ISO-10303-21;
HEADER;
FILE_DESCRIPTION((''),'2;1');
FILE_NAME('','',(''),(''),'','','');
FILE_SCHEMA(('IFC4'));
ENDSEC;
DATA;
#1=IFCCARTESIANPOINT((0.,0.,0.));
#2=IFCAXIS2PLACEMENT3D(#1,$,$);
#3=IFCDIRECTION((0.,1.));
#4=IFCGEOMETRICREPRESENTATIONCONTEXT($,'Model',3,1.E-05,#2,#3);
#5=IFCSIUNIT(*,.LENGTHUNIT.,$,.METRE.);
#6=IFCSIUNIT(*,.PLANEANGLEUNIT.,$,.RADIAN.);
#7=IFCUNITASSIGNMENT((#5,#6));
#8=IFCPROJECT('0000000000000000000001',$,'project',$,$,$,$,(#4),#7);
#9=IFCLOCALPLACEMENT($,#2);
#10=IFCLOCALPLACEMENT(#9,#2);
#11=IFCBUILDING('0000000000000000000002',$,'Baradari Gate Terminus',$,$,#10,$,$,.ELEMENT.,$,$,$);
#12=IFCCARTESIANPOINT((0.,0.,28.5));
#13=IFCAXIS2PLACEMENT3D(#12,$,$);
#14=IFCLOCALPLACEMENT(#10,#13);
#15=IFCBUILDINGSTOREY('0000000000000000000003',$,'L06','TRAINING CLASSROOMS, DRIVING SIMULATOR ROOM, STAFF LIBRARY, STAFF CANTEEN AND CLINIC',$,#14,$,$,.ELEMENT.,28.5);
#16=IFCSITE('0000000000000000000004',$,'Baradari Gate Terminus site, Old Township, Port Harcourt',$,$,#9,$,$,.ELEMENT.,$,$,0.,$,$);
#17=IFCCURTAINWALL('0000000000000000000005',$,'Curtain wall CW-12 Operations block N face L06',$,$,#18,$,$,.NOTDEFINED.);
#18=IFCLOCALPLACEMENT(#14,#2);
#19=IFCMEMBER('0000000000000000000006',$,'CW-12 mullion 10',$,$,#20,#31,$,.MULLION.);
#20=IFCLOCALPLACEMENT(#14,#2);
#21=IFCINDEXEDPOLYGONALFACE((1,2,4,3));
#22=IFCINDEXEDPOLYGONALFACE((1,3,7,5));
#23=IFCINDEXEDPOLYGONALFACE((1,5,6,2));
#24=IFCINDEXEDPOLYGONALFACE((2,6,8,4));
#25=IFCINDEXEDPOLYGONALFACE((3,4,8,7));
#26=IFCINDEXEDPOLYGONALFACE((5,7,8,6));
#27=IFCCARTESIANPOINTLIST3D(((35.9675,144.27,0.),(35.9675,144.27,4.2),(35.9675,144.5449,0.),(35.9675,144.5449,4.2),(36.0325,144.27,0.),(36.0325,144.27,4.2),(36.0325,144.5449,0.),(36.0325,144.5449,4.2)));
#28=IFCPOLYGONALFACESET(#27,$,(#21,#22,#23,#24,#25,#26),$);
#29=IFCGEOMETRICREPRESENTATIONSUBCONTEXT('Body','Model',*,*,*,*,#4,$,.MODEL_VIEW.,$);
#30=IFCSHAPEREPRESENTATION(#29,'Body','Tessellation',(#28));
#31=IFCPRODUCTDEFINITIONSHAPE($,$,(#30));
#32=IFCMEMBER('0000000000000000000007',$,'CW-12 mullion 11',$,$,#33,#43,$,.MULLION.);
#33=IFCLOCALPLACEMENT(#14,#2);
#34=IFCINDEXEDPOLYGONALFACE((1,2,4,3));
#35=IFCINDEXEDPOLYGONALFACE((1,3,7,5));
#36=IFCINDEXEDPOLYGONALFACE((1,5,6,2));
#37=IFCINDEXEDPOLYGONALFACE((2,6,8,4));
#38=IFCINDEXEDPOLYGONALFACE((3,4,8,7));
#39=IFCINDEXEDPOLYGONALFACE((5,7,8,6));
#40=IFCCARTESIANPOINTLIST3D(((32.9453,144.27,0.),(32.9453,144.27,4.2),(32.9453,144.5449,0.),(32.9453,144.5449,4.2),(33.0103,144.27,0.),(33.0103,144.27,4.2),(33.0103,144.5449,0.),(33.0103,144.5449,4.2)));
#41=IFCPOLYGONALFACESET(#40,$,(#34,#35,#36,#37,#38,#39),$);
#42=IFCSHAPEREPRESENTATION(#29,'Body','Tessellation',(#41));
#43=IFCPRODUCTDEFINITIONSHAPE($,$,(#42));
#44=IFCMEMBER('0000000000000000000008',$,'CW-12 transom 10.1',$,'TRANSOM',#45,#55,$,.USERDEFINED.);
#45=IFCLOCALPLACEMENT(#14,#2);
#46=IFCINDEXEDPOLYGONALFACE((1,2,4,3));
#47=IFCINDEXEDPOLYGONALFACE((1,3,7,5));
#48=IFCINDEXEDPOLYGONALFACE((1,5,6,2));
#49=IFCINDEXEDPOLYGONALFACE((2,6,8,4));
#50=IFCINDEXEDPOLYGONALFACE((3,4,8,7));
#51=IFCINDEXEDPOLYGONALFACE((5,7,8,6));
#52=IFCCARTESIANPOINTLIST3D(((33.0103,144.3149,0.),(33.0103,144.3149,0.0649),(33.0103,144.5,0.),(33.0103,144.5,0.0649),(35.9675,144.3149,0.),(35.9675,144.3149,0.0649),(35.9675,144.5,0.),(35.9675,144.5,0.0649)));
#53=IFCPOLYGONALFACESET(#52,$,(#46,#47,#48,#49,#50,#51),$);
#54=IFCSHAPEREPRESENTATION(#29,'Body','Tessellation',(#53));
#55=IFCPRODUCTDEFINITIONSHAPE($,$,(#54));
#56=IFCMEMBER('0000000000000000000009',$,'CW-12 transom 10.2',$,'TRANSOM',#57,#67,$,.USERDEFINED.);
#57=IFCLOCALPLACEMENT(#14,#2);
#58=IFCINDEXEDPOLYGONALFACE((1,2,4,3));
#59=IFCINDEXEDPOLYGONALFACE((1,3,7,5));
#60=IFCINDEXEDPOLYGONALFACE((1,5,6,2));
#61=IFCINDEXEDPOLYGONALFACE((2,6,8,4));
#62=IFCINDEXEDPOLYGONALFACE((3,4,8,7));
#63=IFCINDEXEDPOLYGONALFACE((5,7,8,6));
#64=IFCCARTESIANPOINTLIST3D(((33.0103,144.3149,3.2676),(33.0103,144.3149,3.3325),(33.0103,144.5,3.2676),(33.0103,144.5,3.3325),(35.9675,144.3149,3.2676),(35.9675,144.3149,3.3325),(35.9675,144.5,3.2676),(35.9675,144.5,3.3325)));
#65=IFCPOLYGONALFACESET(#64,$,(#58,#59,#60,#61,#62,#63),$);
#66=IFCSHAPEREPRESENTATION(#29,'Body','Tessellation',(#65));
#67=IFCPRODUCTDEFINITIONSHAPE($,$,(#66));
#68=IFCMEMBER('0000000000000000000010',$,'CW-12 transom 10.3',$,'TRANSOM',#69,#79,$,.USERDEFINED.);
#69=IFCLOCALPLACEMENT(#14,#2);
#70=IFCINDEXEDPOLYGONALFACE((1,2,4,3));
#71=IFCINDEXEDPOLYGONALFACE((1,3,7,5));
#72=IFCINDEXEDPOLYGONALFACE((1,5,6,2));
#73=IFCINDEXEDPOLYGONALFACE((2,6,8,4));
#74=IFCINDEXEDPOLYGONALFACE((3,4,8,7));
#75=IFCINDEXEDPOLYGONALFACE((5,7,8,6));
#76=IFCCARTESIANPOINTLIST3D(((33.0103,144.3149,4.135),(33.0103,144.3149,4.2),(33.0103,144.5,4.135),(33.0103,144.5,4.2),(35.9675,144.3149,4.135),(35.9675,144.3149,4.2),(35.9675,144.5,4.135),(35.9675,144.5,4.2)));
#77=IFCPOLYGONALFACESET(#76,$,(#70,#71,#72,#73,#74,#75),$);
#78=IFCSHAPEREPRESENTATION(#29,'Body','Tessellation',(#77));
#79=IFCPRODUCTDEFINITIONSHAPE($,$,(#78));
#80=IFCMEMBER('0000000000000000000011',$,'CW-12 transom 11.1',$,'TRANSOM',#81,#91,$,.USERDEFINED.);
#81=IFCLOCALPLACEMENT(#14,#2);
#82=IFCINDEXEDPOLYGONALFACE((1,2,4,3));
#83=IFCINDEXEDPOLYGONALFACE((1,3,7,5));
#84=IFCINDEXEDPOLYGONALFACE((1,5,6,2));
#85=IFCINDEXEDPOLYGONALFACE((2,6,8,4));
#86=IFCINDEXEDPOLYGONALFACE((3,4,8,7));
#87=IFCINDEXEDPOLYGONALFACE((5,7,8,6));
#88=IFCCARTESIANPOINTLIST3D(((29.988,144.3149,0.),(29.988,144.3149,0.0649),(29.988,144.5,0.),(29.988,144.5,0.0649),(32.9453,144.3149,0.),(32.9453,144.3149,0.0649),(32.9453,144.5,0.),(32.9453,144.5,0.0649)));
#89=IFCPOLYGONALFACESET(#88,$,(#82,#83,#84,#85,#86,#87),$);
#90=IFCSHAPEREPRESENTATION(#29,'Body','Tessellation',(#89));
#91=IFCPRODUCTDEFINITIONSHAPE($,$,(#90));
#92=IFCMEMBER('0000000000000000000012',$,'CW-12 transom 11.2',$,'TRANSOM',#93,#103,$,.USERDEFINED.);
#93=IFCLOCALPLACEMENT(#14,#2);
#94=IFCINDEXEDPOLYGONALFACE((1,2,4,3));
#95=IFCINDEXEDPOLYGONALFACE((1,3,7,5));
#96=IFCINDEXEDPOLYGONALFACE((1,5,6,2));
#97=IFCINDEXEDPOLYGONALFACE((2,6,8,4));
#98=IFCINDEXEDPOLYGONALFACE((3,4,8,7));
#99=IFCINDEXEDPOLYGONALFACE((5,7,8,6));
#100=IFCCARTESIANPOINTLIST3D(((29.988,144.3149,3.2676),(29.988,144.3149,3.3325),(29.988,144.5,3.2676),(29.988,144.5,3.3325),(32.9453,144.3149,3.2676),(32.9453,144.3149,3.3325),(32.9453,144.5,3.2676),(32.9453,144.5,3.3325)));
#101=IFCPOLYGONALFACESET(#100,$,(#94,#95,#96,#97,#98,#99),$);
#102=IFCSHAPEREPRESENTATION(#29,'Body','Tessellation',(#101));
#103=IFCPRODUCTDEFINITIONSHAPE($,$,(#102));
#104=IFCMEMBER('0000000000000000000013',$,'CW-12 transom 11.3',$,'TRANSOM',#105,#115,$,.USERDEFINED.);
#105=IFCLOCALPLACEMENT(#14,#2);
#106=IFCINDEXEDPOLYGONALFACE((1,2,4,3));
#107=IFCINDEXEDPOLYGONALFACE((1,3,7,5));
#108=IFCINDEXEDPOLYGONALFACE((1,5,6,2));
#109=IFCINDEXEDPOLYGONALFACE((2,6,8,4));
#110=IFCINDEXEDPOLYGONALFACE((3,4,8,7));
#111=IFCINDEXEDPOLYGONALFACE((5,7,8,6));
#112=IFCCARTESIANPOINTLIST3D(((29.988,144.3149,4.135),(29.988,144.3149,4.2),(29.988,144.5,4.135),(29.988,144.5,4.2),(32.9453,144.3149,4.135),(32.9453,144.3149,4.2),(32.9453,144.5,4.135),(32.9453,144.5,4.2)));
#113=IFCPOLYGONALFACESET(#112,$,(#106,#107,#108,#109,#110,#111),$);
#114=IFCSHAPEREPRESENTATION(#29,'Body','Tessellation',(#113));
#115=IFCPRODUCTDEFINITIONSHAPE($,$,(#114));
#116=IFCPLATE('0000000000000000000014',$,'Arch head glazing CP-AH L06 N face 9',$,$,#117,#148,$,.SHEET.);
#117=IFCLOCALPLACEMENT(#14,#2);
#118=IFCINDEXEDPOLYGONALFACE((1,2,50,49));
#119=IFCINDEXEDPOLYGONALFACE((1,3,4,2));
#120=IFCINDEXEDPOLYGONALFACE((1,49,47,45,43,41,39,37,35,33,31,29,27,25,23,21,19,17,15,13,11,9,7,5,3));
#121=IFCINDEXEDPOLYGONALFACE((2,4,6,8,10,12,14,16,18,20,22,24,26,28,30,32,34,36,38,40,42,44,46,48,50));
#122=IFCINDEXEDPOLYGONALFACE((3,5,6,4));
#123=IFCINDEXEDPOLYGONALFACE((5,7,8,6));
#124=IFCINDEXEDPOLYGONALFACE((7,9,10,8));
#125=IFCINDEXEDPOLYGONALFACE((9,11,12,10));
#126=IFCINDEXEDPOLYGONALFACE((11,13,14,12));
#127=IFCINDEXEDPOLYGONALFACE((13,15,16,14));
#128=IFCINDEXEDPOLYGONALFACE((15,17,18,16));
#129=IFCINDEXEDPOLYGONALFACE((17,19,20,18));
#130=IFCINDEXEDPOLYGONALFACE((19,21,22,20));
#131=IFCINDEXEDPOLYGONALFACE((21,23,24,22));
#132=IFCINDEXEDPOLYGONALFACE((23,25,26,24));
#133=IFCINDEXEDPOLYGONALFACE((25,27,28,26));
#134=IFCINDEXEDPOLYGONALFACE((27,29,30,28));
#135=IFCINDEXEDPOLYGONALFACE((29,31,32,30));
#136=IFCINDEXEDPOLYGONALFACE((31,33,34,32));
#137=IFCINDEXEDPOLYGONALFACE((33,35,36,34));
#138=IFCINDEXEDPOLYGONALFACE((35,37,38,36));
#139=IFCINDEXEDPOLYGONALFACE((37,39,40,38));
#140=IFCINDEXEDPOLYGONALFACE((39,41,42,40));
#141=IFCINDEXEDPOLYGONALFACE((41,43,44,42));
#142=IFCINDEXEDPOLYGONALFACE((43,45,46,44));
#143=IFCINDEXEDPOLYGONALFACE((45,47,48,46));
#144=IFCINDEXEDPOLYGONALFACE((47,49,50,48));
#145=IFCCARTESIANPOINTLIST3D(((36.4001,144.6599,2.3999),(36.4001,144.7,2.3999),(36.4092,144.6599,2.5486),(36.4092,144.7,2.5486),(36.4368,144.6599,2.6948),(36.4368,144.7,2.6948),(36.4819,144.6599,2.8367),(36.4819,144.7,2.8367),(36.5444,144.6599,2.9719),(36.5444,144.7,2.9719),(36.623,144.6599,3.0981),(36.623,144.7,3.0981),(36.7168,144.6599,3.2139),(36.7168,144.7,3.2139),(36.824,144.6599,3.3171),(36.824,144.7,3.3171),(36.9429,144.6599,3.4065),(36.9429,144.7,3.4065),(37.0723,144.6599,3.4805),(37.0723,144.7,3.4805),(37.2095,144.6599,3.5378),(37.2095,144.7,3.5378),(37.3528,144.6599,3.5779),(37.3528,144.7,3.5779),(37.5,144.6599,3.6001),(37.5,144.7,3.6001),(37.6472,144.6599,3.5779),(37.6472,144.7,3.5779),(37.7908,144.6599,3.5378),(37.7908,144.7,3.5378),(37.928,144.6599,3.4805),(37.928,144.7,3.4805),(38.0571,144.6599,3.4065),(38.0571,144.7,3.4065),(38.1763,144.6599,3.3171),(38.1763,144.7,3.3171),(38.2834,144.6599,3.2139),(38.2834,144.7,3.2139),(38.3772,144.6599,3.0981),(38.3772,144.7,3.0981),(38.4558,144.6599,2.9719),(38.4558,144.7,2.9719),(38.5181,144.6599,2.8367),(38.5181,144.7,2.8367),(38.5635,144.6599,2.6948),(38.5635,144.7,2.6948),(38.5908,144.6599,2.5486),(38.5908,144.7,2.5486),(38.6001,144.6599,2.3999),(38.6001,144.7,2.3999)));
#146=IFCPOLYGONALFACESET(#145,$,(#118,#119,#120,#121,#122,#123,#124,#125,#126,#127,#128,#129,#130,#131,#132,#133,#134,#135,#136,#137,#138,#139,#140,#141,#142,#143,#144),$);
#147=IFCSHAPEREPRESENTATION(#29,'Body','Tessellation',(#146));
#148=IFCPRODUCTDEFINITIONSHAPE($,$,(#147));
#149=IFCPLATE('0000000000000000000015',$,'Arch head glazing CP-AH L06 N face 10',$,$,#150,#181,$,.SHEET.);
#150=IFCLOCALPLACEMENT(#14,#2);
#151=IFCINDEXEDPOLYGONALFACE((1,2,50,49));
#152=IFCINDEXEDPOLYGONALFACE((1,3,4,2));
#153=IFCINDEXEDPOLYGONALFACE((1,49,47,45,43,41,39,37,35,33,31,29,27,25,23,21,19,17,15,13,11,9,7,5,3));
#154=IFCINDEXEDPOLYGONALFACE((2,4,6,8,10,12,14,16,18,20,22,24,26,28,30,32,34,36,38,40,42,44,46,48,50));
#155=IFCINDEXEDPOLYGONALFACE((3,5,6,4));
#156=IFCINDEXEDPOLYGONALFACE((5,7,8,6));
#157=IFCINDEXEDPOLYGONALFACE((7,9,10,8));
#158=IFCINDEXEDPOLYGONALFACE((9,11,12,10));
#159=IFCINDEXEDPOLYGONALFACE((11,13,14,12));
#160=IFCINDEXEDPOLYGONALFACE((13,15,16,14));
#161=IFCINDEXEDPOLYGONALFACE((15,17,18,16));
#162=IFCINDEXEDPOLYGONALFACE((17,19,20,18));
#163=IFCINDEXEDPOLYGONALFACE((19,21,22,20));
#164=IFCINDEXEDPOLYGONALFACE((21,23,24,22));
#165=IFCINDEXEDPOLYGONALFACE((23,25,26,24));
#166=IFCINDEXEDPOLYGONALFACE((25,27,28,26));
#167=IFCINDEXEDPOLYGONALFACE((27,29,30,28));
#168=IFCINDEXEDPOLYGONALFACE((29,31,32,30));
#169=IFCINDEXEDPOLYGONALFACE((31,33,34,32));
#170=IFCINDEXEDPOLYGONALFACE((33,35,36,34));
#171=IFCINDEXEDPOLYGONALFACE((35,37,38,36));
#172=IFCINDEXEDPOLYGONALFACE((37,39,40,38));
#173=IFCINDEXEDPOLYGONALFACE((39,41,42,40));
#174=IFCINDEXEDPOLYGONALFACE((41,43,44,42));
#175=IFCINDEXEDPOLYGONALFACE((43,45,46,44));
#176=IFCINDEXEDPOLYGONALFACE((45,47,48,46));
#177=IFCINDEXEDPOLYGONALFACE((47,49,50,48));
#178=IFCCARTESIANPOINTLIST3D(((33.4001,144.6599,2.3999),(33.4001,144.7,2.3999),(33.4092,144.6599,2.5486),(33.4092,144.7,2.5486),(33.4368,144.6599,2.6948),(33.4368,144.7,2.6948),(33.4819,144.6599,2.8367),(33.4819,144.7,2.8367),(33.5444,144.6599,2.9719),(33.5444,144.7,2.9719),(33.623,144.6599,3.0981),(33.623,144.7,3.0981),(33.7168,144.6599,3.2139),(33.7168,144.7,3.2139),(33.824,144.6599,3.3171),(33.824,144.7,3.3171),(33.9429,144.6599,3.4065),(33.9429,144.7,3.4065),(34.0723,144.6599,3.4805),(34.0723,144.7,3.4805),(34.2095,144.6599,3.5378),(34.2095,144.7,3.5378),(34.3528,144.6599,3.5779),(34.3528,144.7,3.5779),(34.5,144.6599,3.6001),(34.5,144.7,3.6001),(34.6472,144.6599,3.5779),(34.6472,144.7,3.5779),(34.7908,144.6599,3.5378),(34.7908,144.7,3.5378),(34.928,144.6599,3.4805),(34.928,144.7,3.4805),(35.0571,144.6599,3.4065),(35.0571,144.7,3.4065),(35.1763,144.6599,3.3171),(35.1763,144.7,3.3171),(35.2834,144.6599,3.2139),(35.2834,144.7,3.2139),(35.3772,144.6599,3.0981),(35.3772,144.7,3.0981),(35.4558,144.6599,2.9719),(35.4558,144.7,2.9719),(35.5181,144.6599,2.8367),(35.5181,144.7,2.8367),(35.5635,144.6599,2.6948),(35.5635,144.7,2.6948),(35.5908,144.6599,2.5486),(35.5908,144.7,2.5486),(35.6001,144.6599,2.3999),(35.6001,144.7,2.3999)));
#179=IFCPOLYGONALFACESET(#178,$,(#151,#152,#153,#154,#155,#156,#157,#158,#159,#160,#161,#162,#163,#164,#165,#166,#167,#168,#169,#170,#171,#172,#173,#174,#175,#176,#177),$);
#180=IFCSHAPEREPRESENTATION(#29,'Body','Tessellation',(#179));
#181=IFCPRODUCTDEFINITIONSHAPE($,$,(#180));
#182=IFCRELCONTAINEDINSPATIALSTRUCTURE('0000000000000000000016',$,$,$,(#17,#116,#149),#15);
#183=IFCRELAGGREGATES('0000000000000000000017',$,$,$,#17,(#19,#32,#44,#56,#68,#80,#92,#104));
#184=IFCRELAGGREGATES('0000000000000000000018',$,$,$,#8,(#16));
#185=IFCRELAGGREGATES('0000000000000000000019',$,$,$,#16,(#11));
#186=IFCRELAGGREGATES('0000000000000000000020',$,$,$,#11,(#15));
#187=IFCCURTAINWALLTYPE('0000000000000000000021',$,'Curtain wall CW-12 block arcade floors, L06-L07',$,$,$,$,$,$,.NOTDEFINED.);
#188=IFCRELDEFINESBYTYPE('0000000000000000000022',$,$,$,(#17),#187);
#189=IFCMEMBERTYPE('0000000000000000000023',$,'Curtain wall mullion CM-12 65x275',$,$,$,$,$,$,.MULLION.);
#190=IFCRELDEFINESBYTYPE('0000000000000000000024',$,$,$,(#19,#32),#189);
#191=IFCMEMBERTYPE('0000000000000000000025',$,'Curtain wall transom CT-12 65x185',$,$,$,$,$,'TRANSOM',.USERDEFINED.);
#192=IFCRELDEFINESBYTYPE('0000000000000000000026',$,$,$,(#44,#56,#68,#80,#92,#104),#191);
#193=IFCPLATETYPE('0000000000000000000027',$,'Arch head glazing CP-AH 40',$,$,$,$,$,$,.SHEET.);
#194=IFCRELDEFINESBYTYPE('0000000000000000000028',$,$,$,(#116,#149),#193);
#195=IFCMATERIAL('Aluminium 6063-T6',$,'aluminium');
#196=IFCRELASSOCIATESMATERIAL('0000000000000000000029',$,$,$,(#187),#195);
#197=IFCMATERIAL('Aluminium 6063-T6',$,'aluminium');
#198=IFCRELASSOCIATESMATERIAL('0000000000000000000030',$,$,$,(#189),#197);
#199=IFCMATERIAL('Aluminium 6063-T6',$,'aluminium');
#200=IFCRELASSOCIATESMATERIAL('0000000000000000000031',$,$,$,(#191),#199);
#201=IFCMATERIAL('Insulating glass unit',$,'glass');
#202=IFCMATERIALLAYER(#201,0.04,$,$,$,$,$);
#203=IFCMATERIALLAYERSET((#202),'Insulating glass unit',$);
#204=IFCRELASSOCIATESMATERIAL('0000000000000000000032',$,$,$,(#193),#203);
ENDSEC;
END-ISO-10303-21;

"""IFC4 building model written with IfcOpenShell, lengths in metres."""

from ifc_helpers import new_model, si_unit, direction, frame, origin, origin_2d, place, context, subcontext, project, spatial, polyline, rectangle, outline, extrude, material, layer, layer_set, material_profile, profile_set, type_object, element, aggregate, save


model = new_model("IFC4")

# Units and contexts
model_context = context("Model", 3, precision=1e-05, world=origin(), true_north=direction((0.0, 1.0)))
body_context = subcontext(model_context, "Body", "Model", "MODEL_VIEW")
ifc_project = project(units=[si_unit("LENGTHUNIT", "METRE"), si_unit("PLANEANGLEUNIT", "RADIAN")], contexts=[model_context])

# Site, building, storey
site_placement = place(None, origin())
site = spatial("IfcSite", under=ifc_project, at=site_placement, Name="Baradari Gate Terminus site, Old Township, Port Harcourt", CompositionType="ELEMENT", RefElevation=0.0)
building_placement = place(site_placement, origin())
building = spatial("IfcBuilding", under=site, at=building_placement, Name="Baradari Gate Terminus", CompositionType="ELEMENT")
storey_placement = place(building_placement, frame((0.0, 0.0, 28.5)))
storey = spatial("IfcBuildingStorey", under=building, at=storey_placement, Name="L06", Description="TRAINING CLASSROOMS, DRIVING SIMULATOR ROOM, STAFF LIBRARY, STAFF CANTEEN AND CLINIC", CompositionType="ELEMENT", Elevation=28.5)

# Curtain wall, members
ifc_material_1 = material(Name="Aluminium 6063-T6", Category="aluminium")
curtain_wall_type = type_object("IfcCurtainWallType", Name="Curtain wall CW-12 block arcade floors, L06-L07", PredefinedType="NOTDEFINED", material=ifc_material_1)
curtain_wall_placement = place(storey_placement, origin())
curtain_wall = element("IfcCurtainWall", 1, at=curtain_wall_placement, inside=storey, type_object=curtain_wall_type, Name="Curtain wall CW-12 Operations block N face L06", PredefinedType="NOTDEFINED")
ifc_material_2 = material(Name="Aluminium 6063-T6", Category="aluminium")
ifc_material_profile_1 = material_profile(ifc_material_2, rectangle(XDim=0.2749, YDim=0.0649, at=origin_2d()), Name="CM-12 65X275")
ifc_profile_set_1 = profile_set([ifc_material_profile_1], Name="Aluminium 6063-T6")
member_type_1 = type_object("IfcMemberType", Name="Curtain wall mullion CM-12 65x275", PredefinedType="MULLION", material=ifc_profile_set_1)
member_1_placement = place(storey_placement, frame((36.0, 144.4075, 0.0), z_axis=(0.0, 0.0, 1.0), x_axis=(0.0, -1.0, 0.0)))
member_1 = element("IfcMember", 2, at=member_1_placement, type_object=member_type_1, Name="CW-12 mullion 10", PredefinedType="MULLION", context=body_context, shape_type="SweptSolid", body=[
    extrude(rectangle(XDim=0.2749, YDim=0.0649, at=origin_2d()), origin(), (0.0, 0.0, 1.0), 4.2),
])
member_2_placement = place(storey_placement, frame((32.9778, 144.4075, 0.0), z_axis=(0.0, 0.0, 1.0), x_axis=(0.0, -1.0, 0.0)))
member_2 = element("IfcMember", 3, at=member_2_placement, type_object=member_type_1, Name="CW-12 mullion 11", PredefinedType="MULLION", context=body_context, shape_type="SweptSolid", body=[
    extrude(rectangle(XDim=0.2749, YDim=0.0649, at=origin_2d()), origin(), (0.0, 0.0, 1.0), 4.2),
])
ifc_material_3 = material(Name="Aluminium 6063-T6", Category="aluminium")
ifc_material_profile_2 = material_profile(ifc_material_3, rectangle(XDim=0.1851, YDim=0.0649, at=origin_2d()), Name="CT-12 65X185")
ifc_profile_set_2 = profile_set([ifc_material_profile_2], Name="Aluminium 6063-T6")
member_type_2 = type_object("IfcMemberType", Name="Curtain wall transom CT-12 65x185", ElementType="TRANSOM", PredefinedType="USERDEFINED", material=ifc_profile_set_2)
member_3_placement = place(storey_placement, frame((35.9675, 144.4075, 0.0325), z_axis=(-1.0, 0.0, 0.0), x_axis=(0.0, -1.0, 0.0)))
member_3 = element("IfcMember", 4, at=member_3_placement, type_object=member_type_2, Name="CW-12 transom 10.1", ObjectType="TRANSOM", PredefinedType="USERDEFINED", context=body_context, shape_type="SweptSolid", body=[
    extrude(rectangle(XDim=0.1851, YDim=0.0649, at=origin_2d()), origin(), (0.0, 0.0, 1.0), 2.9573),
])
member_4_placement = place(storey_placement, frame((35.9675, 144.4075, 3.3), z_axis=(-1.0, 0.0, 0.0), x_axis=(0.0, -1.0, 0.0)))
member_4 = element("IfcMember", 5, at=member_4_placement, type_object=member_type_2, Name="CW-12 transom 10.2", ObjectType="TRANSOM", PredefinedType="USERDEFINED", context=body_context, shape_type="SweptSolid", body=[
    extrude(rectangle(XDim=0.1851, YDim=0.0649, at=origin_2d()), origin(), (0.0, 0.0, 1.0), 2.9573),
])
member_5_placement = place(storey_placement, frame((35.9675, 144.4075, 4.1675), z_axis=(-1.0, 0.0, 0.0), x_axis=(0.0, -1.0, 0.0)))
member_5 = element("IfcMember", 6, at=member_5_placement, type_object=member_type_2, Name="CW-12 transom 10.3", ObjectType="TRANSOM", PredefinedType="USERDEFINED", context=body_context, shape_type="SweptSolid", body=[
    extrude(rectangle(XDim=0.1851, YDim=0.0649, at=origin_2d()), origin(), (0.0, 0.0, 1.0), 2.9573),
])
member_6_placement = place(storey_placement, frame((32.9453, 144.4075, 0.0325), z_axis=(-1.0, 0.0, 0.0), x_axis=(0.0, -1.0, 0.0)))
member_6 = element("IfcMember", 7, at=member_6_placement, type_object=member_type_2, Name="CW-12 transom 11.1", ObjectType="TRANSOM", PredefinedType="USERDEFINED", context=body_context, shape_type="SweptSolid", body=[
    extrude(rectangle(XDim=0.1851, YDim=0.0649, at=origin_2d()), origin(), (0.0, 0.0, 1.0), 2.9573),
])
member_7_placement = place(storey_placement, frame((32.9453, 144.4075, 3.3), z_axis=(-1.0, 0.0, 0.0), x_axis=(0.0, -1.0, 0.0)))
member_7 = element("IfcMember", 8, at=member_7_placement, type_object=member_type_2, Name="CW-12 transom 11.2", ObjectType="TRANSOM", PredefinedType="USERDEFINED", context=body_context, shape_type="SweptSolid", body=[
    extrude(rectangle(XDim=0.1851, YDim=0.0649, at=origin_2d()), origin(), (0.0, 0.0, 1.0), 2.9573),
])
member_8_placement = place(storey_placement, frame((32.9453, 144.4075, 4.1675), z_axis=(-1.0, 0.0, 0.0), x_axis=(0.0, -1.0, 0.0)))
member_8 = element("IfcMember", 9, at=member_8_placement, type_object=member_type_2, Name="CW-12 transom 11.3", ObjectType="TRANSOM", PredefinedType="USERDEFINED", context=body_context, shape_type="SweptSolid", body=[
    extrude(rectangle(XDim=0.1851, YDim=0.0649, at=origin_2d()), origin(), (0.0, 0.0, 1.0), 2.9573),
])

# Plates
ifc_material_4 = material(Name="Insulating glass unit", Category="glass")
ifc_layer_1 = layer(ifc_material_4, 0.04)
ifc_layer_set_1 = layer_set([ifc_layer_1], Name="Insulating glass unit")
plate_type_1 = type_object("IfcPlateType", Name="Arch head glazing CP-AH 40", PredefinedType="SHEET", material=ifc_layer_set_1)
for number, where, z_axis, x_axis, name in (
    (10, (38.6001, 144.6799, 2.3999), (0.0, 0.0, 1.0), (-1.0, 0.0, 0.0), "Arch head glazing CP-AH L06 N face 9"),
    (11, (35.6001, 144.6799, 2.3999), (0.0, 0.0, 1.0), (-1.0, 0.0, 0.0), "Arch head glazing CP-AH L06 N face 10"),
):
    element("IfcPlate", number, at=place(storey_placement, frame(where, z_axis=z_axis, x_axis=x_axis)), inside=storey, type_object=plate_type_1, Name=name, PredefinedType="SHEET", context=body_context, shape_type="SweptSolid", body=[
        extrude(outline(polyline([(0.0, 0.0), (2.2, 0.0), (2.1909, 0.1487), (2.1633, 0.2949), (2.1182, 0.4368), (2.0557, 0.572), (1.9771, 0.6982), (1.8833, 0.814), (1.7761, 0.9172), (1.6572, 1.0066), (1.5278, 1.0806), (1.3906, 1.1379), (1.2473, 1.178), (1.1001, 1.2002), (0.9529, 1.178), (0.8093, 1.1379), (0.6721, 1.0806), (0.543, 1.0066), (0.4238, 0.9172), (0.3167, 0.814), (0.2229, 0.6982), (0.1443, 0.572), (0.082, 0.4368), (0.0366, 0.2949), (0.0093, 0.1487), (0.0, 0.0)])), frame((0.0, 0.02, 0.0), z_axis=(0.0, -1.0, 0.0), x_axis=(1.0, 0.0, 0.0)), (0.0, 0.0, 1.0), 0.04),
    ])

aggregate(curtain_wall, [member_1, member_2, member_3, member_4, member_5, member_6, member_7, member_8])

save(model, "model.ifc")
